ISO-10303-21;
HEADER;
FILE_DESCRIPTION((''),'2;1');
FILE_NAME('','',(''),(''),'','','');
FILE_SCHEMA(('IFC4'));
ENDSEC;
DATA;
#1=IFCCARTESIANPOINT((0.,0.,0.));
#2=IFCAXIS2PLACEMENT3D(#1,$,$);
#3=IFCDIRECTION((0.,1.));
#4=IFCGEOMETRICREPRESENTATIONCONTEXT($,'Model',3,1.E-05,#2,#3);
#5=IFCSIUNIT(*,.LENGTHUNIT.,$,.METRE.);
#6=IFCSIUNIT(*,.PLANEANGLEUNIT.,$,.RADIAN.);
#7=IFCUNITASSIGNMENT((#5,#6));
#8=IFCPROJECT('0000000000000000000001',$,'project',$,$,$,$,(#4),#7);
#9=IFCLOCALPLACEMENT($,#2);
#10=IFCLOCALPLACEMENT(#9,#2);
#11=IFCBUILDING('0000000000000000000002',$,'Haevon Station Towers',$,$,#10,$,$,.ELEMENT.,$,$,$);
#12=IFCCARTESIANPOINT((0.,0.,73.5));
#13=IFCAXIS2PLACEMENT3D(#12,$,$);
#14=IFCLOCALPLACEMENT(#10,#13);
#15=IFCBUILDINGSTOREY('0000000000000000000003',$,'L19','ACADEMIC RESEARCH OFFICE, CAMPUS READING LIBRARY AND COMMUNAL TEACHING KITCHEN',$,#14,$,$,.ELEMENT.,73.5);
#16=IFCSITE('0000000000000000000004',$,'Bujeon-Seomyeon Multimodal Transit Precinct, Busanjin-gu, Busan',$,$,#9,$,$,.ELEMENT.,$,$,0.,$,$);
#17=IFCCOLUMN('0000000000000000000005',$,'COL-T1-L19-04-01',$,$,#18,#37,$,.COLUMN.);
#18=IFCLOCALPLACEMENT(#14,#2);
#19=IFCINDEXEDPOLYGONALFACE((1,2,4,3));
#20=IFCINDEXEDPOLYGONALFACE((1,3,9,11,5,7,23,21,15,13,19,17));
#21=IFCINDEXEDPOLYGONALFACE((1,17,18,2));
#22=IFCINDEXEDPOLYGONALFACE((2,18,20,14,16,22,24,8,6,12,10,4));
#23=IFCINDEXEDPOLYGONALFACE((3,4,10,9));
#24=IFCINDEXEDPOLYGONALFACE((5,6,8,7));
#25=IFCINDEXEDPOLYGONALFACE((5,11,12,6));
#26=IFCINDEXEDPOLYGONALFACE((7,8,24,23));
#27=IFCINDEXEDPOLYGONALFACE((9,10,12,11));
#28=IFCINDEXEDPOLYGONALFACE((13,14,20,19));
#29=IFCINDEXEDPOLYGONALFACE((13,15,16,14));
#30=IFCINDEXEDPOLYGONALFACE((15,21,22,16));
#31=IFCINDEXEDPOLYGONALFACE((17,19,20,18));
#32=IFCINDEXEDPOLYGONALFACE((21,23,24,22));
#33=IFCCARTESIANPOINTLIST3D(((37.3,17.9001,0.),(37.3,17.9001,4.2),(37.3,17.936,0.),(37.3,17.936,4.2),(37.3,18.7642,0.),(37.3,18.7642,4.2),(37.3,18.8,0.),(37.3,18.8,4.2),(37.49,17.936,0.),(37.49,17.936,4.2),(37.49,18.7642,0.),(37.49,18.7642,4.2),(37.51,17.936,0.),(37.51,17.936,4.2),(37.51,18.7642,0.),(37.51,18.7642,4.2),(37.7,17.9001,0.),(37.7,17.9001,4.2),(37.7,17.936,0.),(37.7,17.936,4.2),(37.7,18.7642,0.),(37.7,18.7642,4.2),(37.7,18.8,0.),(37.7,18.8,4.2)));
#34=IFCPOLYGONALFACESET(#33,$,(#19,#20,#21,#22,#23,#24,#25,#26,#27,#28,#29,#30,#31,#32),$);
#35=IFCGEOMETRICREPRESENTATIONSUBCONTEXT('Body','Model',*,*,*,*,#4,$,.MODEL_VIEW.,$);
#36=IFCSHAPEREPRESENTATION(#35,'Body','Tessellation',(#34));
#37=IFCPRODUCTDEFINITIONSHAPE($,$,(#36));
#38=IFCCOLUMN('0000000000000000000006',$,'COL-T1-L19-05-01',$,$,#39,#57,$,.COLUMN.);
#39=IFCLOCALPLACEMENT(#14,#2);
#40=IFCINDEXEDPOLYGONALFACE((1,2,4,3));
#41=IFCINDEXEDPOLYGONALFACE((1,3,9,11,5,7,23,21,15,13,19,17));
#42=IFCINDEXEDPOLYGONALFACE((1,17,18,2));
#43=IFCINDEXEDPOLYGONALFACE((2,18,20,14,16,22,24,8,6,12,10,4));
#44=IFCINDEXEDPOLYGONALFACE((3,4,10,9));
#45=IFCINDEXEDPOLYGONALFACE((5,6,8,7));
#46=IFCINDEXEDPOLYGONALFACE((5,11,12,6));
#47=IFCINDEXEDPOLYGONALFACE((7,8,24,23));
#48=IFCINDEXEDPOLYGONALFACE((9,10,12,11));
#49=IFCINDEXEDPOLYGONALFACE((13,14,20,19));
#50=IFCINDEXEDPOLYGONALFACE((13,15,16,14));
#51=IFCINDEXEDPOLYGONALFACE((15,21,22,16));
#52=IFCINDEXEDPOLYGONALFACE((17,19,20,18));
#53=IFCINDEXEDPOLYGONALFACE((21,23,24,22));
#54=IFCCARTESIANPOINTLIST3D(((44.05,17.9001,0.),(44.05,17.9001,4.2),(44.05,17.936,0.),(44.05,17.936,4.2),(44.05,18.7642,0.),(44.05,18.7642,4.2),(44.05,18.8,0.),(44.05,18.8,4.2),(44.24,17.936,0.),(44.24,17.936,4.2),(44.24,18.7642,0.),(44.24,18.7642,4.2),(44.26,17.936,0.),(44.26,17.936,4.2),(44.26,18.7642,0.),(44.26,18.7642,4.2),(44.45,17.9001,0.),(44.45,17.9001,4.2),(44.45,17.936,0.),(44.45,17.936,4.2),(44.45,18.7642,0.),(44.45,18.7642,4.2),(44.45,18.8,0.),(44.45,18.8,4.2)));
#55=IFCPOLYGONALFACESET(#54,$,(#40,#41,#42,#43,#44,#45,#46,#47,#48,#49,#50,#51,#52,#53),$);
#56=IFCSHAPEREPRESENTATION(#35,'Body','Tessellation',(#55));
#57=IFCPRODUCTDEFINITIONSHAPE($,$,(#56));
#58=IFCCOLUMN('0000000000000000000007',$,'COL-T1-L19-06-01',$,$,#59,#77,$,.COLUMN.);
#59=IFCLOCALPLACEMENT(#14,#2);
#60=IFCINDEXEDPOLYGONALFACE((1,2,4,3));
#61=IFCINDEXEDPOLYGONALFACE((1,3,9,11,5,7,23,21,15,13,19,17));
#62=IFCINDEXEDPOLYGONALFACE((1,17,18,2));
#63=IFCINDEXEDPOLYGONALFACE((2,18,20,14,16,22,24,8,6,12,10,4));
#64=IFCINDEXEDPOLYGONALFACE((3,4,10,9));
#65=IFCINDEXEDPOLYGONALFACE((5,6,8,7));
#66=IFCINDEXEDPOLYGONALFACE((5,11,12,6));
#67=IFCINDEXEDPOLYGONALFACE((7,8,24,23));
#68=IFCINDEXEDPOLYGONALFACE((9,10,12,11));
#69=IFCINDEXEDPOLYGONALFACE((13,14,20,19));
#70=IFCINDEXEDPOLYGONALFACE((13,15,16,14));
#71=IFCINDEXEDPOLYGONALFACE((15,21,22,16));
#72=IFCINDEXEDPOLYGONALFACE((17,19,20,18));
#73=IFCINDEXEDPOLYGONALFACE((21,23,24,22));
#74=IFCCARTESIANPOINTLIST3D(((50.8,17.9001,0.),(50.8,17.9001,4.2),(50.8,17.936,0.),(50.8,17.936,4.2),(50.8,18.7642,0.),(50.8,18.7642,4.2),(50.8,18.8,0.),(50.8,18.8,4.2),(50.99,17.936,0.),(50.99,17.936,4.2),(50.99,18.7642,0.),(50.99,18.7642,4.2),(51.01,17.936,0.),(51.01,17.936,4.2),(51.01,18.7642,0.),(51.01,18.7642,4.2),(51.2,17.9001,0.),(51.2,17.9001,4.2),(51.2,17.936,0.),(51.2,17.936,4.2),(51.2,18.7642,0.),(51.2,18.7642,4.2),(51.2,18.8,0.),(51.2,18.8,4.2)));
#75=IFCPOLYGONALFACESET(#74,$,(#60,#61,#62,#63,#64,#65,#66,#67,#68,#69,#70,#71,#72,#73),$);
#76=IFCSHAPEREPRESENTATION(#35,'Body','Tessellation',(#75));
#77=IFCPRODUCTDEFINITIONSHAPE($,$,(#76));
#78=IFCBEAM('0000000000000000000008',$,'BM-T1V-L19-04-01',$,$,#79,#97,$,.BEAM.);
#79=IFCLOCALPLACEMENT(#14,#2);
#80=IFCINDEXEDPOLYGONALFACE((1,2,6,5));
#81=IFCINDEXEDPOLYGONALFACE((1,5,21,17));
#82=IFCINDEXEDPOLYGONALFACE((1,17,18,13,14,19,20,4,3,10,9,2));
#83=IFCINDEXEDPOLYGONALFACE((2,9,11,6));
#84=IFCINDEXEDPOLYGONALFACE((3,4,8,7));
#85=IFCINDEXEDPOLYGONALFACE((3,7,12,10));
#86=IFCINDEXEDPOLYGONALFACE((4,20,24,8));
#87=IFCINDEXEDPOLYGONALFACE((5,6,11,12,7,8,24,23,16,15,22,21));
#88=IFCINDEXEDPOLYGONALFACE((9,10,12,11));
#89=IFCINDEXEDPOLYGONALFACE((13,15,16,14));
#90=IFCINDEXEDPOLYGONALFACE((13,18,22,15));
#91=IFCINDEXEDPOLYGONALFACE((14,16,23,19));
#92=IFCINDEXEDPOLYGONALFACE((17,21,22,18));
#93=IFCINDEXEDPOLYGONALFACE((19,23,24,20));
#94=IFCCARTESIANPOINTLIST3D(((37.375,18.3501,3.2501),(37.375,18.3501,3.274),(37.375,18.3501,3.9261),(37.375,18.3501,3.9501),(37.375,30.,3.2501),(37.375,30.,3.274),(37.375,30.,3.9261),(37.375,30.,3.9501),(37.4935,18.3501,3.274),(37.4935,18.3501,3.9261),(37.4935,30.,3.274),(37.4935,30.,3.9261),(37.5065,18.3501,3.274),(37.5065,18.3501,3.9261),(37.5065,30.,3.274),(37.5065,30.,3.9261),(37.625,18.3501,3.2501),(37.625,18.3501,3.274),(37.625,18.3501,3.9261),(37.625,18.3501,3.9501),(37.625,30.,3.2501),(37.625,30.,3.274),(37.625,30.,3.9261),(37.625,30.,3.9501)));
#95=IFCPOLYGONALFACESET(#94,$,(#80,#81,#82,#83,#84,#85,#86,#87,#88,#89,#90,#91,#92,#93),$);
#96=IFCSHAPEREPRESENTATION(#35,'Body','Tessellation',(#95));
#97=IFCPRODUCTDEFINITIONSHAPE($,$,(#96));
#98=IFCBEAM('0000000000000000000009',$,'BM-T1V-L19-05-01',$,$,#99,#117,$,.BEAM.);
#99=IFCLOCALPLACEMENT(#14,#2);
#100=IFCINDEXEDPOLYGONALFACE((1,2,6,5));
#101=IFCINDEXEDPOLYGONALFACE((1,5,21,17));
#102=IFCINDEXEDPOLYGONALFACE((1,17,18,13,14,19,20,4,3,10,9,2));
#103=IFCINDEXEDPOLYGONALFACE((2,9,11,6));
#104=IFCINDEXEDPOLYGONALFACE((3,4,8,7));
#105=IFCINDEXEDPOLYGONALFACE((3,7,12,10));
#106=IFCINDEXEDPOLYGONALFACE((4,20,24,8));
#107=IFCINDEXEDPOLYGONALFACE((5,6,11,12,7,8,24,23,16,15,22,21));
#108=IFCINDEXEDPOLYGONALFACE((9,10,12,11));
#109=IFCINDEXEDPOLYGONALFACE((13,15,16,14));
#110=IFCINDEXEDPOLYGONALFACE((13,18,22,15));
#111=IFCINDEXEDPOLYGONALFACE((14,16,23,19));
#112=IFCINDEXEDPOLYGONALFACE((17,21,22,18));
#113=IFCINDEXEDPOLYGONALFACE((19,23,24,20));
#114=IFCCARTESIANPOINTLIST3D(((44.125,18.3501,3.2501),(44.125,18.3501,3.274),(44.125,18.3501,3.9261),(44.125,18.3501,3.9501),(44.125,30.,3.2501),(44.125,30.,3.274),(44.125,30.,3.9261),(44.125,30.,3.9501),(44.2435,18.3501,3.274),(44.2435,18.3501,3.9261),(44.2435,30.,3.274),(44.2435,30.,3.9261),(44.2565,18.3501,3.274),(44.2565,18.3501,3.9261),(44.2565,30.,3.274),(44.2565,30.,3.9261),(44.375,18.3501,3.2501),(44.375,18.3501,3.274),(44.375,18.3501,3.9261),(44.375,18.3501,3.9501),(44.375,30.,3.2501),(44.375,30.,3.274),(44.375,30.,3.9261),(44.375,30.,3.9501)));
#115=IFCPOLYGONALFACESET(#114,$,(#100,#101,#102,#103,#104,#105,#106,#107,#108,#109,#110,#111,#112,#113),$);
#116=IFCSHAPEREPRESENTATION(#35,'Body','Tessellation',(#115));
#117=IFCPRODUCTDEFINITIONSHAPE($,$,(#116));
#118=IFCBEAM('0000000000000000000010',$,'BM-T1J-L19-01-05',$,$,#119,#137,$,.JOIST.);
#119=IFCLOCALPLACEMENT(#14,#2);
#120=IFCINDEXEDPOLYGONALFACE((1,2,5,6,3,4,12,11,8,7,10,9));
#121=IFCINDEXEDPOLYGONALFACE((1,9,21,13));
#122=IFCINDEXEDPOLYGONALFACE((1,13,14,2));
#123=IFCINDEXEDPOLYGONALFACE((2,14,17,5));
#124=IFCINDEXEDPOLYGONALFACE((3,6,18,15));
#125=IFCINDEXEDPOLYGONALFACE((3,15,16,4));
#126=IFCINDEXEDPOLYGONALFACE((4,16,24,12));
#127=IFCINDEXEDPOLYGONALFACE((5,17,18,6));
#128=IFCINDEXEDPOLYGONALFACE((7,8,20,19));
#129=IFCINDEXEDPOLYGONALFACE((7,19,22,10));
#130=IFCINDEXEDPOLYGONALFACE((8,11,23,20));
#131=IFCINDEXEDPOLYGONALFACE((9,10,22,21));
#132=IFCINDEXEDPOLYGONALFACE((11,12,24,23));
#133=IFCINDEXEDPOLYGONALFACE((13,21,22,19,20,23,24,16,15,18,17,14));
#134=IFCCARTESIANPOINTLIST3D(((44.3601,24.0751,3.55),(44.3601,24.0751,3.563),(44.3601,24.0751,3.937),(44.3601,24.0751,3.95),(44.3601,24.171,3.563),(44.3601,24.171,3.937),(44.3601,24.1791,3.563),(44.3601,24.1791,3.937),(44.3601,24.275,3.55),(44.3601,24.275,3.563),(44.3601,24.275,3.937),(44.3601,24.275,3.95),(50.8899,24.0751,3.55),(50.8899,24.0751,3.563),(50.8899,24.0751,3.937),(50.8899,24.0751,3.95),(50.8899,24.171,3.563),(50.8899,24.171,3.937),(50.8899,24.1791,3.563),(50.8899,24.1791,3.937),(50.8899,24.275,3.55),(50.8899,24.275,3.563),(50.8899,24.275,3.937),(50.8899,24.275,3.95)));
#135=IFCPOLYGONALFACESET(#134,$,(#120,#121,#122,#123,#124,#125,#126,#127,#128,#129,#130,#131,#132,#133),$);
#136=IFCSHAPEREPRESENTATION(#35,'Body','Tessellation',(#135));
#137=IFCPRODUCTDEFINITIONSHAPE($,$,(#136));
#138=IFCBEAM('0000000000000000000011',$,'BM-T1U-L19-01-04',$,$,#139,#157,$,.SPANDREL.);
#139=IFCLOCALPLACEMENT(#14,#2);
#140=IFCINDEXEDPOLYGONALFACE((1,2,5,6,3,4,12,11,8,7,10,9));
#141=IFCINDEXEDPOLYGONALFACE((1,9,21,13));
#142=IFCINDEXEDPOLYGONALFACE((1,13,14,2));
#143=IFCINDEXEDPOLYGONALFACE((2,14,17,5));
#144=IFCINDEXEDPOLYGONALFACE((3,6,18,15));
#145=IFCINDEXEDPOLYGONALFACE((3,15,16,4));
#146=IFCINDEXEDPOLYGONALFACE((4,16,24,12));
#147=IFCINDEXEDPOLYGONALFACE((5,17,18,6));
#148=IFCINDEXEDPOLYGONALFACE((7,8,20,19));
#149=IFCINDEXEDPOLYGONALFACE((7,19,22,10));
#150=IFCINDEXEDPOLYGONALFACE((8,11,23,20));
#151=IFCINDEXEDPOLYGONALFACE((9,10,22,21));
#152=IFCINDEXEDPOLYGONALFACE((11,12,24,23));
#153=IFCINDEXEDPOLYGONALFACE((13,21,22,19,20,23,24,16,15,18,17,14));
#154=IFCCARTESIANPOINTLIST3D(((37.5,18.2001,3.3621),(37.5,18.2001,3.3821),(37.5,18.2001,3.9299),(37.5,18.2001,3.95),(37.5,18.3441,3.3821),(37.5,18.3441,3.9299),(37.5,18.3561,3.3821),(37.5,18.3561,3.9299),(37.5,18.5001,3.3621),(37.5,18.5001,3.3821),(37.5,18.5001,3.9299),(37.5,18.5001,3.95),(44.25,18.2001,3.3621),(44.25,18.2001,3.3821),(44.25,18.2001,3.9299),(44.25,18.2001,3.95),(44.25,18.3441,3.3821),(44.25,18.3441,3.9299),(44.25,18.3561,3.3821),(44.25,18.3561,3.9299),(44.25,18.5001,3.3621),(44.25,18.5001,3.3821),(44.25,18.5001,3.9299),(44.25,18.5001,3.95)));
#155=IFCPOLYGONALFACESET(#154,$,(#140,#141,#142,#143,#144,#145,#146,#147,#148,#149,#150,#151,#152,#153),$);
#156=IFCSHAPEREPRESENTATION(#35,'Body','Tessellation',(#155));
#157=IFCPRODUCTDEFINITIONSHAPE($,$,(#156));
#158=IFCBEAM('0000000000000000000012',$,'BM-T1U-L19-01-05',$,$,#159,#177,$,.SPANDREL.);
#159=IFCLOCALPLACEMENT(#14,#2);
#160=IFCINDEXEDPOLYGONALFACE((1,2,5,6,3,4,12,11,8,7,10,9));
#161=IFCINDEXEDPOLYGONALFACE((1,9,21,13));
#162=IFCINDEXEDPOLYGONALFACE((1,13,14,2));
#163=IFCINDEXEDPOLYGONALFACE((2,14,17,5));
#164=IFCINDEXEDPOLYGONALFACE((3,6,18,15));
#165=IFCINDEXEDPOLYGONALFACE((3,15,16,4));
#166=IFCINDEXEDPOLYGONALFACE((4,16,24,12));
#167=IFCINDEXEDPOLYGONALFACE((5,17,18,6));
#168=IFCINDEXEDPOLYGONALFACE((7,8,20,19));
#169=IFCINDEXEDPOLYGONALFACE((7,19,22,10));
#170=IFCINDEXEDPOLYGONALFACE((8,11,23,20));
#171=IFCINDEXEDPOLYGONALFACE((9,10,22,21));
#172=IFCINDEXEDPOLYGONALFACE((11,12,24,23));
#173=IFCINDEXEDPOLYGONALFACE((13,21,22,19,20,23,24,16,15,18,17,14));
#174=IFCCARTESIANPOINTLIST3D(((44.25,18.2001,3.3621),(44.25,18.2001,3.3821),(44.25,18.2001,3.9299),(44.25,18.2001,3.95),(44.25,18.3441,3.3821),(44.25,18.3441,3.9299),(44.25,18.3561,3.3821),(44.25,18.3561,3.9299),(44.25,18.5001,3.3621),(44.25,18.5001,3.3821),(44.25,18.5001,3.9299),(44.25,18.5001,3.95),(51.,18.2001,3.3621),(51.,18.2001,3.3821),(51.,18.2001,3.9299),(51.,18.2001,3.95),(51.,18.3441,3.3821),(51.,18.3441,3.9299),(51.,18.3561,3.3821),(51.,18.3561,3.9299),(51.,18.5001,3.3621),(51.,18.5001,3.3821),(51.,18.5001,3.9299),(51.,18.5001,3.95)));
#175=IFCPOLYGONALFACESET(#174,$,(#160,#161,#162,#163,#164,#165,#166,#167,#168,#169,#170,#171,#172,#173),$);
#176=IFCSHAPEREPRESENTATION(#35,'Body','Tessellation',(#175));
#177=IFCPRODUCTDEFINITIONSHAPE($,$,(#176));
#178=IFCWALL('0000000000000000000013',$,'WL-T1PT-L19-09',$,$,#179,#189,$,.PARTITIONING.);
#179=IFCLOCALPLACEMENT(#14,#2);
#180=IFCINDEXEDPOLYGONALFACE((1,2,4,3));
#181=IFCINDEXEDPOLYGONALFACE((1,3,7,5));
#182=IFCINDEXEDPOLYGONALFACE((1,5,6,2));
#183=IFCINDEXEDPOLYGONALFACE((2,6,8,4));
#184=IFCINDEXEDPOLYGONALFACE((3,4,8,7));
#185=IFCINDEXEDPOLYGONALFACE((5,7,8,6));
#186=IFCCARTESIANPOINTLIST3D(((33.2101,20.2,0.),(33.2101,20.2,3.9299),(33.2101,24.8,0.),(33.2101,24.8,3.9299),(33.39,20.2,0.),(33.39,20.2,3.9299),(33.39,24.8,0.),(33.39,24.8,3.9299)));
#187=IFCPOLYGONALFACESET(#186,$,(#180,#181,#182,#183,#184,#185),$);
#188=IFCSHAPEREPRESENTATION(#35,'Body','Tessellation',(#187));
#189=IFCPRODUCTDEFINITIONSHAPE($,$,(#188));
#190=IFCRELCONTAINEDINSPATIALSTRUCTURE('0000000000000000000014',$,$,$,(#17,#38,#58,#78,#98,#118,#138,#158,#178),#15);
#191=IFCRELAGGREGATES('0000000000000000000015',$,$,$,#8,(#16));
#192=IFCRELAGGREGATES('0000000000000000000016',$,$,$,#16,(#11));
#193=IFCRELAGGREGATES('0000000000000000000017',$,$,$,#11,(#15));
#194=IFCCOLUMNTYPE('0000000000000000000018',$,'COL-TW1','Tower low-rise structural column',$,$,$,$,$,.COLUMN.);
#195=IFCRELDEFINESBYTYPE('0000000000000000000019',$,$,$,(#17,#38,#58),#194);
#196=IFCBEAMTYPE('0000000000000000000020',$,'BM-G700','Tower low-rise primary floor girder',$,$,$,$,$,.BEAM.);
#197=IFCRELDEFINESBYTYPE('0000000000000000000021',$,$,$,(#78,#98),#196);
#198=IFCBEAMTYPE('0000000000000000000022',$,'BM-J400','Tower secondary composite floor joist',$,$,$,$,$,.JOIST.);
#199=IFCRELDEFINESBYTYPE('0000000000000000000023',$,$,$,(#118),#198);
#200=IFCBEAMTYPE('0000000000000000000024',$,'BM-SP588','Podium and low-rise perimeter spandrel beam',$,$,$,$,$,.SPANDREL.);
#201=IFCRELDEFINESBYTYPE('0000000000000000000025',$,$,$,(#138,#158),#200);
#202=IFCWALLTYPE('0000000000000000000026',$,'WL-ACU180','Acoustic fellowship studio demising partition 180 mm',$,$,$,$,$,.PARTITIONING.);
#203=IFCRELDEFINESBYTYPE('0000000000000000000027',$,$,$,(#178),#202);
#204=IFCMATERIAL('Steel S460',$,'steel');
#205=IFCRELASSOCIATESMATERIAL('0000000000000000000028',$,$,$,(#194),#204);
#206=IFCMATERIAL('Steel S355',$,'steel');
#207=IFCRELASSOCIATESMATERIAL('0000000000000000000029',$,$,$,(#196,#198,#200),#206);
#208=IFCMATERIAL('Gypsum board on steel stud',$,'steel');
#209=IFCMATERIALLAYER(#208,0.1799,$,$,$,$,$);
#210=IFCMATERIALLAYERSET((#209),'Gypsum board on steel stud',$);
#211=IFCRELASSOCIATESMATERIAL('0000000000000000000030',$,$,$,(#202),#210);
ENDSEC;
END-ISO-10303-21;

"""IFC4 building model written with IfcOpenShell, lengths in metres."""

from ifc_helpers import new_model, si_unit, direction, frame, frame_2d, origin, origin_2d, place, context, subcontext, project, spatial, rectangle, i_section, extrude, material, layer, layer_set, material_profile, profile_set, type_object, element, save


model = new_model("IFC4")

# Units and contexts
model_context = context("Model", 3, precision=1e-05, world=origin(), true_north=direction((0.0, 1.0)))
body_context = subcontext(model_context, "Body", "Model", "MODEL_VIEW")
ifc_project = project(units=[si_unit("LENGTHUNIT", "METRE"), si_unit("PLANEANGLEUNIT", "RADIAN")], contexts=[model_context])

# Site, building, storey
site_placement = place(None, origin())
site = spatial("IfcSite", under=ifc_project, at=site_placement, Name="Bujeon-Seomyeon Multimodal Transit Precinct, Busanjin-gu, Busan", CompositionType="ELEMENT", RefElevation=0.0)
building_placement = place(site_placement, origin())
building = spatial("IfcBuilding", under=site, at=building_placement, Name="Haevon Station Towers", CompositionType="ELEMENT")
storey_placement = place(building_placement, frame((0.0, 0.0, 73.5)))
storey = spatial("IfcBuildingStorey", under=building, at=storey_placement, Name="L19", Description="ACADEMIC RESEARCH OFFICE, CAMPUS READING LIBRARY AND COMMUNAL TEACHING KITCHEN", CompositionType="ELEMENT", Elevation=73.5)

# Columns
ifc_material_1 = material(Name="Steel S460", Category="steel")
ifc_material_profile_1 = material_profile(ifc_material_1, i_section(OverallWidth=0.3999, OverallDepth=0.8999, WebThickness=0.02, FlangeThickness=0.0359, at=origin_2d()), Name="H-900x400x20x36")
ifc_profile_set_1 = profile_set([ifc_material_profile_1], Name="Steel S460")
column_type = type_object("IfcColumnType", Name="COL-TW1", Description="Tower low-rise structural column", PredefinedType="COLUMN", material=ifc_profile_set_1)
for number, where, z_axis, x_axis, name in (
    (1, (37.5, 18.3501, 0.0), (0.0, 0.0, 1.0), (1.0, 0.0, 0.0), "COL-T1-L19-04-01"),
    (2, (44.25, 18.3501, 0.0), (0.0, 0.0, 1.0), (1.0, 0.0, 0.0), "COL-T1-L19-05-01"),
    (3, (51.0, 18.3501, 0.0), (0.0, 0.0, 1.0), (1.0, 0.0, 0.0), "COL-T1-L19-06-01"),
):
    element("IfcColumn", number, at=place(storey_placement, frame(where, z_axis=z_axis, x_axis=x_axis)), inside=storey, type_object=column_type, Name=name, PredefinedType="COLUMN", context=body_context, shape_type="SweptSolid", body=[
        extrude(i_section(OverallWidth=0.3999, OverallDepth=0.8999, WebThickness=0.02, FlangeThickness=0.0359, at=origin_2d()), origin(), (0.0, 0.0, 1.0), 4.2),
    ])

# Beams
ifc_material_2 = material(Name="Steel S355", Category="steel")
ifc_material_profile_2 = material_profile(ifc_material_2, i_section(OverallWidth=0.25, OverallDepth=0.7, WebThickness=0.0129, FlangeThickness=0.0239, at=origin_2d()), Name="H-700x250x13x24")
ifc_profile_set_2 = profile_set([ifc_material_profile_2], Name="Steel S355")
beam_type_1 = type_object("IfcBeamType", Name="BM-G700", Description="Tower low-rise primary floor girder", PredefinedType="BEAM", material=ifc_profile_set_2)
for number, where, z_axis, x_axis, name in (
    (4, (37.5, 18.3501, 3.6001), (0.0, 1.0, 0.0), (-1.0, 0.0, 0.0), "BM-T1V-L19-04-01"),
    (5, (44.25, 18.3501, 3.6001), (0.0, 1.0, 0.0), (-1.0, 0.0, 0.0), "BM-T1V-L19-05-01"),
):
    element("IfcBeam", number, at=place(storey_placement, frame(where, z_axis=z_axis, x_axis=x_axis)), inside=storey, type_object=beam_type_1, Name=name, PredefinedType="BEAM", context=body_context, shape_type="SweptSolid", body=[
        extrude(i_section(OverallWidth=0.25, OverallDepth=0.7, WebThickness=0.0129, FlangeThickness=0.0239, at=origin_2d()), origin(), (0.0, 0.0, 1.0), 11.6499),
    ])
ifc_material_profile_3 = material_profile(ifc_material_2, i_section(OverallWidth=0.2, OverallDepth=0.3999, WebThickness=0.0081, FlangeThickness=0.0129, at=origin_2d()), Name="H-400x200x8x13")
ifc_profile_set_3 = profile_set([ifc_material_profile_3], Name="Steel S355")
beam_type_2 = type_object("IfcBeamType", Name="BM-J400", Description="Tower secondary composite floor joist", PredefinedType="JOIST", material=ifc_profile_set_3)
beam_placement = place(storey_placement, frame((44.3601, 24.175, 3.75), z_axis=(1.0, 0.0, 0.0), x_axis=(0.0, 1.0, 0.0)))
element("IfcBeam", 6, at=beam_placement, inside=storey, type_object=beam_type_2, Name="BM-T1J-L19-01-05", PredefinedType="JOIST", context=body_context, shape_type="SweptSolid", body=[
    extrude(i_section(OverallWidth=0.2, OverallDepth=0.3999, WebThickness=0.0081, FlangeThickness=0.0129, at=origin_2d()), origin(), (0.0, 0.0, 1.0), 6.5298),
])
ifc_material_profile_4 = material_profile(ifc_material_2, i_section(OverallWidth=0.3, OverallDepth=0.5879, WebThickness=0.012, FlangeThickness=0.02, at=origin_2d()), Name="H-588x300x12x20")
ifc_profile_set_4 = profile_set([ifc_material_profile_4], Name="Steel S355")
beam_type_3 = type_object("IfcBeamType", Name="BM-SP588", Description="Podium and low-rise perimeter spandrel beam", PredefinedType="SPANDREL", material=ifc_profile_set_4)
for number, where, z_axis, x_axis, name in (
    (7, (37.5, 18.3501, 3.656), (1.0, 0.0, 0.0), (0.0, 1.0, 0.0), "BM-T1U-L19-01-04"),
    (8, (44.25, 18.3501, 3.656), (1.0, 0.0, 0.0), (0.0, 1.0, 0.0), "BM-T1U-L19-01-05"),
):
    element("IfcBeam", number, at=place(storey_placement, frame(where, z_axis=z_axis, x_axis=x_axis)), inside=storey, type_object=beam_type_3, Name=name, PredefinedType="SPANDREL", context=body_context, shape_type="SweptSolid", body=[
        extrude(i_section(OverallWidth=0.3, OverallDepth=0.5879, WebThickness=0.012, FlangeThickness=0.02, at=origin_2d()), origin(), (0.0, 0.0, 1.0), 6.75),
    ])

# Wall
ifc_material_3 = material(Name="Gypsum board on steel stud", Category="steel")
ifc_layer_1 = layer(ifc_material_3, 0.1799)
ifc_layer_set_1 = layer_set([ifc_layer_1], Name="Gypsum board on steel stud")
wall_type_1 = type_object("IfcWallType", Name="WL-ACU180", Description="Acoustic fellowship studio demising partition 180 mm", PredefinedType="PARTITIONING", material=ifc_layer_set_1)
wall_1_placement = place(storey_placement, frame((33.3, 20.2, 0.0), z_axis=(0.0, 0.0, 1.0), x_axis=(0.0, 1.0, 0.0)))
element("IfcWall", 9, at=wall_1_placement, inside=storey, type_object=wall_type_1, Name="WL-T1PT-L19-09", PredefinedType="PARTITIONING", context=body_context, shape_type="SweptSolid", body=[
    extrude(rectangle(XDim=4.6001, YDim=0.1799, at=frame_2d((2.3, 0.0))), origin(), (0.0, 0.0, 1.0), 3.9299),
])

save(model, "model.ifc")
